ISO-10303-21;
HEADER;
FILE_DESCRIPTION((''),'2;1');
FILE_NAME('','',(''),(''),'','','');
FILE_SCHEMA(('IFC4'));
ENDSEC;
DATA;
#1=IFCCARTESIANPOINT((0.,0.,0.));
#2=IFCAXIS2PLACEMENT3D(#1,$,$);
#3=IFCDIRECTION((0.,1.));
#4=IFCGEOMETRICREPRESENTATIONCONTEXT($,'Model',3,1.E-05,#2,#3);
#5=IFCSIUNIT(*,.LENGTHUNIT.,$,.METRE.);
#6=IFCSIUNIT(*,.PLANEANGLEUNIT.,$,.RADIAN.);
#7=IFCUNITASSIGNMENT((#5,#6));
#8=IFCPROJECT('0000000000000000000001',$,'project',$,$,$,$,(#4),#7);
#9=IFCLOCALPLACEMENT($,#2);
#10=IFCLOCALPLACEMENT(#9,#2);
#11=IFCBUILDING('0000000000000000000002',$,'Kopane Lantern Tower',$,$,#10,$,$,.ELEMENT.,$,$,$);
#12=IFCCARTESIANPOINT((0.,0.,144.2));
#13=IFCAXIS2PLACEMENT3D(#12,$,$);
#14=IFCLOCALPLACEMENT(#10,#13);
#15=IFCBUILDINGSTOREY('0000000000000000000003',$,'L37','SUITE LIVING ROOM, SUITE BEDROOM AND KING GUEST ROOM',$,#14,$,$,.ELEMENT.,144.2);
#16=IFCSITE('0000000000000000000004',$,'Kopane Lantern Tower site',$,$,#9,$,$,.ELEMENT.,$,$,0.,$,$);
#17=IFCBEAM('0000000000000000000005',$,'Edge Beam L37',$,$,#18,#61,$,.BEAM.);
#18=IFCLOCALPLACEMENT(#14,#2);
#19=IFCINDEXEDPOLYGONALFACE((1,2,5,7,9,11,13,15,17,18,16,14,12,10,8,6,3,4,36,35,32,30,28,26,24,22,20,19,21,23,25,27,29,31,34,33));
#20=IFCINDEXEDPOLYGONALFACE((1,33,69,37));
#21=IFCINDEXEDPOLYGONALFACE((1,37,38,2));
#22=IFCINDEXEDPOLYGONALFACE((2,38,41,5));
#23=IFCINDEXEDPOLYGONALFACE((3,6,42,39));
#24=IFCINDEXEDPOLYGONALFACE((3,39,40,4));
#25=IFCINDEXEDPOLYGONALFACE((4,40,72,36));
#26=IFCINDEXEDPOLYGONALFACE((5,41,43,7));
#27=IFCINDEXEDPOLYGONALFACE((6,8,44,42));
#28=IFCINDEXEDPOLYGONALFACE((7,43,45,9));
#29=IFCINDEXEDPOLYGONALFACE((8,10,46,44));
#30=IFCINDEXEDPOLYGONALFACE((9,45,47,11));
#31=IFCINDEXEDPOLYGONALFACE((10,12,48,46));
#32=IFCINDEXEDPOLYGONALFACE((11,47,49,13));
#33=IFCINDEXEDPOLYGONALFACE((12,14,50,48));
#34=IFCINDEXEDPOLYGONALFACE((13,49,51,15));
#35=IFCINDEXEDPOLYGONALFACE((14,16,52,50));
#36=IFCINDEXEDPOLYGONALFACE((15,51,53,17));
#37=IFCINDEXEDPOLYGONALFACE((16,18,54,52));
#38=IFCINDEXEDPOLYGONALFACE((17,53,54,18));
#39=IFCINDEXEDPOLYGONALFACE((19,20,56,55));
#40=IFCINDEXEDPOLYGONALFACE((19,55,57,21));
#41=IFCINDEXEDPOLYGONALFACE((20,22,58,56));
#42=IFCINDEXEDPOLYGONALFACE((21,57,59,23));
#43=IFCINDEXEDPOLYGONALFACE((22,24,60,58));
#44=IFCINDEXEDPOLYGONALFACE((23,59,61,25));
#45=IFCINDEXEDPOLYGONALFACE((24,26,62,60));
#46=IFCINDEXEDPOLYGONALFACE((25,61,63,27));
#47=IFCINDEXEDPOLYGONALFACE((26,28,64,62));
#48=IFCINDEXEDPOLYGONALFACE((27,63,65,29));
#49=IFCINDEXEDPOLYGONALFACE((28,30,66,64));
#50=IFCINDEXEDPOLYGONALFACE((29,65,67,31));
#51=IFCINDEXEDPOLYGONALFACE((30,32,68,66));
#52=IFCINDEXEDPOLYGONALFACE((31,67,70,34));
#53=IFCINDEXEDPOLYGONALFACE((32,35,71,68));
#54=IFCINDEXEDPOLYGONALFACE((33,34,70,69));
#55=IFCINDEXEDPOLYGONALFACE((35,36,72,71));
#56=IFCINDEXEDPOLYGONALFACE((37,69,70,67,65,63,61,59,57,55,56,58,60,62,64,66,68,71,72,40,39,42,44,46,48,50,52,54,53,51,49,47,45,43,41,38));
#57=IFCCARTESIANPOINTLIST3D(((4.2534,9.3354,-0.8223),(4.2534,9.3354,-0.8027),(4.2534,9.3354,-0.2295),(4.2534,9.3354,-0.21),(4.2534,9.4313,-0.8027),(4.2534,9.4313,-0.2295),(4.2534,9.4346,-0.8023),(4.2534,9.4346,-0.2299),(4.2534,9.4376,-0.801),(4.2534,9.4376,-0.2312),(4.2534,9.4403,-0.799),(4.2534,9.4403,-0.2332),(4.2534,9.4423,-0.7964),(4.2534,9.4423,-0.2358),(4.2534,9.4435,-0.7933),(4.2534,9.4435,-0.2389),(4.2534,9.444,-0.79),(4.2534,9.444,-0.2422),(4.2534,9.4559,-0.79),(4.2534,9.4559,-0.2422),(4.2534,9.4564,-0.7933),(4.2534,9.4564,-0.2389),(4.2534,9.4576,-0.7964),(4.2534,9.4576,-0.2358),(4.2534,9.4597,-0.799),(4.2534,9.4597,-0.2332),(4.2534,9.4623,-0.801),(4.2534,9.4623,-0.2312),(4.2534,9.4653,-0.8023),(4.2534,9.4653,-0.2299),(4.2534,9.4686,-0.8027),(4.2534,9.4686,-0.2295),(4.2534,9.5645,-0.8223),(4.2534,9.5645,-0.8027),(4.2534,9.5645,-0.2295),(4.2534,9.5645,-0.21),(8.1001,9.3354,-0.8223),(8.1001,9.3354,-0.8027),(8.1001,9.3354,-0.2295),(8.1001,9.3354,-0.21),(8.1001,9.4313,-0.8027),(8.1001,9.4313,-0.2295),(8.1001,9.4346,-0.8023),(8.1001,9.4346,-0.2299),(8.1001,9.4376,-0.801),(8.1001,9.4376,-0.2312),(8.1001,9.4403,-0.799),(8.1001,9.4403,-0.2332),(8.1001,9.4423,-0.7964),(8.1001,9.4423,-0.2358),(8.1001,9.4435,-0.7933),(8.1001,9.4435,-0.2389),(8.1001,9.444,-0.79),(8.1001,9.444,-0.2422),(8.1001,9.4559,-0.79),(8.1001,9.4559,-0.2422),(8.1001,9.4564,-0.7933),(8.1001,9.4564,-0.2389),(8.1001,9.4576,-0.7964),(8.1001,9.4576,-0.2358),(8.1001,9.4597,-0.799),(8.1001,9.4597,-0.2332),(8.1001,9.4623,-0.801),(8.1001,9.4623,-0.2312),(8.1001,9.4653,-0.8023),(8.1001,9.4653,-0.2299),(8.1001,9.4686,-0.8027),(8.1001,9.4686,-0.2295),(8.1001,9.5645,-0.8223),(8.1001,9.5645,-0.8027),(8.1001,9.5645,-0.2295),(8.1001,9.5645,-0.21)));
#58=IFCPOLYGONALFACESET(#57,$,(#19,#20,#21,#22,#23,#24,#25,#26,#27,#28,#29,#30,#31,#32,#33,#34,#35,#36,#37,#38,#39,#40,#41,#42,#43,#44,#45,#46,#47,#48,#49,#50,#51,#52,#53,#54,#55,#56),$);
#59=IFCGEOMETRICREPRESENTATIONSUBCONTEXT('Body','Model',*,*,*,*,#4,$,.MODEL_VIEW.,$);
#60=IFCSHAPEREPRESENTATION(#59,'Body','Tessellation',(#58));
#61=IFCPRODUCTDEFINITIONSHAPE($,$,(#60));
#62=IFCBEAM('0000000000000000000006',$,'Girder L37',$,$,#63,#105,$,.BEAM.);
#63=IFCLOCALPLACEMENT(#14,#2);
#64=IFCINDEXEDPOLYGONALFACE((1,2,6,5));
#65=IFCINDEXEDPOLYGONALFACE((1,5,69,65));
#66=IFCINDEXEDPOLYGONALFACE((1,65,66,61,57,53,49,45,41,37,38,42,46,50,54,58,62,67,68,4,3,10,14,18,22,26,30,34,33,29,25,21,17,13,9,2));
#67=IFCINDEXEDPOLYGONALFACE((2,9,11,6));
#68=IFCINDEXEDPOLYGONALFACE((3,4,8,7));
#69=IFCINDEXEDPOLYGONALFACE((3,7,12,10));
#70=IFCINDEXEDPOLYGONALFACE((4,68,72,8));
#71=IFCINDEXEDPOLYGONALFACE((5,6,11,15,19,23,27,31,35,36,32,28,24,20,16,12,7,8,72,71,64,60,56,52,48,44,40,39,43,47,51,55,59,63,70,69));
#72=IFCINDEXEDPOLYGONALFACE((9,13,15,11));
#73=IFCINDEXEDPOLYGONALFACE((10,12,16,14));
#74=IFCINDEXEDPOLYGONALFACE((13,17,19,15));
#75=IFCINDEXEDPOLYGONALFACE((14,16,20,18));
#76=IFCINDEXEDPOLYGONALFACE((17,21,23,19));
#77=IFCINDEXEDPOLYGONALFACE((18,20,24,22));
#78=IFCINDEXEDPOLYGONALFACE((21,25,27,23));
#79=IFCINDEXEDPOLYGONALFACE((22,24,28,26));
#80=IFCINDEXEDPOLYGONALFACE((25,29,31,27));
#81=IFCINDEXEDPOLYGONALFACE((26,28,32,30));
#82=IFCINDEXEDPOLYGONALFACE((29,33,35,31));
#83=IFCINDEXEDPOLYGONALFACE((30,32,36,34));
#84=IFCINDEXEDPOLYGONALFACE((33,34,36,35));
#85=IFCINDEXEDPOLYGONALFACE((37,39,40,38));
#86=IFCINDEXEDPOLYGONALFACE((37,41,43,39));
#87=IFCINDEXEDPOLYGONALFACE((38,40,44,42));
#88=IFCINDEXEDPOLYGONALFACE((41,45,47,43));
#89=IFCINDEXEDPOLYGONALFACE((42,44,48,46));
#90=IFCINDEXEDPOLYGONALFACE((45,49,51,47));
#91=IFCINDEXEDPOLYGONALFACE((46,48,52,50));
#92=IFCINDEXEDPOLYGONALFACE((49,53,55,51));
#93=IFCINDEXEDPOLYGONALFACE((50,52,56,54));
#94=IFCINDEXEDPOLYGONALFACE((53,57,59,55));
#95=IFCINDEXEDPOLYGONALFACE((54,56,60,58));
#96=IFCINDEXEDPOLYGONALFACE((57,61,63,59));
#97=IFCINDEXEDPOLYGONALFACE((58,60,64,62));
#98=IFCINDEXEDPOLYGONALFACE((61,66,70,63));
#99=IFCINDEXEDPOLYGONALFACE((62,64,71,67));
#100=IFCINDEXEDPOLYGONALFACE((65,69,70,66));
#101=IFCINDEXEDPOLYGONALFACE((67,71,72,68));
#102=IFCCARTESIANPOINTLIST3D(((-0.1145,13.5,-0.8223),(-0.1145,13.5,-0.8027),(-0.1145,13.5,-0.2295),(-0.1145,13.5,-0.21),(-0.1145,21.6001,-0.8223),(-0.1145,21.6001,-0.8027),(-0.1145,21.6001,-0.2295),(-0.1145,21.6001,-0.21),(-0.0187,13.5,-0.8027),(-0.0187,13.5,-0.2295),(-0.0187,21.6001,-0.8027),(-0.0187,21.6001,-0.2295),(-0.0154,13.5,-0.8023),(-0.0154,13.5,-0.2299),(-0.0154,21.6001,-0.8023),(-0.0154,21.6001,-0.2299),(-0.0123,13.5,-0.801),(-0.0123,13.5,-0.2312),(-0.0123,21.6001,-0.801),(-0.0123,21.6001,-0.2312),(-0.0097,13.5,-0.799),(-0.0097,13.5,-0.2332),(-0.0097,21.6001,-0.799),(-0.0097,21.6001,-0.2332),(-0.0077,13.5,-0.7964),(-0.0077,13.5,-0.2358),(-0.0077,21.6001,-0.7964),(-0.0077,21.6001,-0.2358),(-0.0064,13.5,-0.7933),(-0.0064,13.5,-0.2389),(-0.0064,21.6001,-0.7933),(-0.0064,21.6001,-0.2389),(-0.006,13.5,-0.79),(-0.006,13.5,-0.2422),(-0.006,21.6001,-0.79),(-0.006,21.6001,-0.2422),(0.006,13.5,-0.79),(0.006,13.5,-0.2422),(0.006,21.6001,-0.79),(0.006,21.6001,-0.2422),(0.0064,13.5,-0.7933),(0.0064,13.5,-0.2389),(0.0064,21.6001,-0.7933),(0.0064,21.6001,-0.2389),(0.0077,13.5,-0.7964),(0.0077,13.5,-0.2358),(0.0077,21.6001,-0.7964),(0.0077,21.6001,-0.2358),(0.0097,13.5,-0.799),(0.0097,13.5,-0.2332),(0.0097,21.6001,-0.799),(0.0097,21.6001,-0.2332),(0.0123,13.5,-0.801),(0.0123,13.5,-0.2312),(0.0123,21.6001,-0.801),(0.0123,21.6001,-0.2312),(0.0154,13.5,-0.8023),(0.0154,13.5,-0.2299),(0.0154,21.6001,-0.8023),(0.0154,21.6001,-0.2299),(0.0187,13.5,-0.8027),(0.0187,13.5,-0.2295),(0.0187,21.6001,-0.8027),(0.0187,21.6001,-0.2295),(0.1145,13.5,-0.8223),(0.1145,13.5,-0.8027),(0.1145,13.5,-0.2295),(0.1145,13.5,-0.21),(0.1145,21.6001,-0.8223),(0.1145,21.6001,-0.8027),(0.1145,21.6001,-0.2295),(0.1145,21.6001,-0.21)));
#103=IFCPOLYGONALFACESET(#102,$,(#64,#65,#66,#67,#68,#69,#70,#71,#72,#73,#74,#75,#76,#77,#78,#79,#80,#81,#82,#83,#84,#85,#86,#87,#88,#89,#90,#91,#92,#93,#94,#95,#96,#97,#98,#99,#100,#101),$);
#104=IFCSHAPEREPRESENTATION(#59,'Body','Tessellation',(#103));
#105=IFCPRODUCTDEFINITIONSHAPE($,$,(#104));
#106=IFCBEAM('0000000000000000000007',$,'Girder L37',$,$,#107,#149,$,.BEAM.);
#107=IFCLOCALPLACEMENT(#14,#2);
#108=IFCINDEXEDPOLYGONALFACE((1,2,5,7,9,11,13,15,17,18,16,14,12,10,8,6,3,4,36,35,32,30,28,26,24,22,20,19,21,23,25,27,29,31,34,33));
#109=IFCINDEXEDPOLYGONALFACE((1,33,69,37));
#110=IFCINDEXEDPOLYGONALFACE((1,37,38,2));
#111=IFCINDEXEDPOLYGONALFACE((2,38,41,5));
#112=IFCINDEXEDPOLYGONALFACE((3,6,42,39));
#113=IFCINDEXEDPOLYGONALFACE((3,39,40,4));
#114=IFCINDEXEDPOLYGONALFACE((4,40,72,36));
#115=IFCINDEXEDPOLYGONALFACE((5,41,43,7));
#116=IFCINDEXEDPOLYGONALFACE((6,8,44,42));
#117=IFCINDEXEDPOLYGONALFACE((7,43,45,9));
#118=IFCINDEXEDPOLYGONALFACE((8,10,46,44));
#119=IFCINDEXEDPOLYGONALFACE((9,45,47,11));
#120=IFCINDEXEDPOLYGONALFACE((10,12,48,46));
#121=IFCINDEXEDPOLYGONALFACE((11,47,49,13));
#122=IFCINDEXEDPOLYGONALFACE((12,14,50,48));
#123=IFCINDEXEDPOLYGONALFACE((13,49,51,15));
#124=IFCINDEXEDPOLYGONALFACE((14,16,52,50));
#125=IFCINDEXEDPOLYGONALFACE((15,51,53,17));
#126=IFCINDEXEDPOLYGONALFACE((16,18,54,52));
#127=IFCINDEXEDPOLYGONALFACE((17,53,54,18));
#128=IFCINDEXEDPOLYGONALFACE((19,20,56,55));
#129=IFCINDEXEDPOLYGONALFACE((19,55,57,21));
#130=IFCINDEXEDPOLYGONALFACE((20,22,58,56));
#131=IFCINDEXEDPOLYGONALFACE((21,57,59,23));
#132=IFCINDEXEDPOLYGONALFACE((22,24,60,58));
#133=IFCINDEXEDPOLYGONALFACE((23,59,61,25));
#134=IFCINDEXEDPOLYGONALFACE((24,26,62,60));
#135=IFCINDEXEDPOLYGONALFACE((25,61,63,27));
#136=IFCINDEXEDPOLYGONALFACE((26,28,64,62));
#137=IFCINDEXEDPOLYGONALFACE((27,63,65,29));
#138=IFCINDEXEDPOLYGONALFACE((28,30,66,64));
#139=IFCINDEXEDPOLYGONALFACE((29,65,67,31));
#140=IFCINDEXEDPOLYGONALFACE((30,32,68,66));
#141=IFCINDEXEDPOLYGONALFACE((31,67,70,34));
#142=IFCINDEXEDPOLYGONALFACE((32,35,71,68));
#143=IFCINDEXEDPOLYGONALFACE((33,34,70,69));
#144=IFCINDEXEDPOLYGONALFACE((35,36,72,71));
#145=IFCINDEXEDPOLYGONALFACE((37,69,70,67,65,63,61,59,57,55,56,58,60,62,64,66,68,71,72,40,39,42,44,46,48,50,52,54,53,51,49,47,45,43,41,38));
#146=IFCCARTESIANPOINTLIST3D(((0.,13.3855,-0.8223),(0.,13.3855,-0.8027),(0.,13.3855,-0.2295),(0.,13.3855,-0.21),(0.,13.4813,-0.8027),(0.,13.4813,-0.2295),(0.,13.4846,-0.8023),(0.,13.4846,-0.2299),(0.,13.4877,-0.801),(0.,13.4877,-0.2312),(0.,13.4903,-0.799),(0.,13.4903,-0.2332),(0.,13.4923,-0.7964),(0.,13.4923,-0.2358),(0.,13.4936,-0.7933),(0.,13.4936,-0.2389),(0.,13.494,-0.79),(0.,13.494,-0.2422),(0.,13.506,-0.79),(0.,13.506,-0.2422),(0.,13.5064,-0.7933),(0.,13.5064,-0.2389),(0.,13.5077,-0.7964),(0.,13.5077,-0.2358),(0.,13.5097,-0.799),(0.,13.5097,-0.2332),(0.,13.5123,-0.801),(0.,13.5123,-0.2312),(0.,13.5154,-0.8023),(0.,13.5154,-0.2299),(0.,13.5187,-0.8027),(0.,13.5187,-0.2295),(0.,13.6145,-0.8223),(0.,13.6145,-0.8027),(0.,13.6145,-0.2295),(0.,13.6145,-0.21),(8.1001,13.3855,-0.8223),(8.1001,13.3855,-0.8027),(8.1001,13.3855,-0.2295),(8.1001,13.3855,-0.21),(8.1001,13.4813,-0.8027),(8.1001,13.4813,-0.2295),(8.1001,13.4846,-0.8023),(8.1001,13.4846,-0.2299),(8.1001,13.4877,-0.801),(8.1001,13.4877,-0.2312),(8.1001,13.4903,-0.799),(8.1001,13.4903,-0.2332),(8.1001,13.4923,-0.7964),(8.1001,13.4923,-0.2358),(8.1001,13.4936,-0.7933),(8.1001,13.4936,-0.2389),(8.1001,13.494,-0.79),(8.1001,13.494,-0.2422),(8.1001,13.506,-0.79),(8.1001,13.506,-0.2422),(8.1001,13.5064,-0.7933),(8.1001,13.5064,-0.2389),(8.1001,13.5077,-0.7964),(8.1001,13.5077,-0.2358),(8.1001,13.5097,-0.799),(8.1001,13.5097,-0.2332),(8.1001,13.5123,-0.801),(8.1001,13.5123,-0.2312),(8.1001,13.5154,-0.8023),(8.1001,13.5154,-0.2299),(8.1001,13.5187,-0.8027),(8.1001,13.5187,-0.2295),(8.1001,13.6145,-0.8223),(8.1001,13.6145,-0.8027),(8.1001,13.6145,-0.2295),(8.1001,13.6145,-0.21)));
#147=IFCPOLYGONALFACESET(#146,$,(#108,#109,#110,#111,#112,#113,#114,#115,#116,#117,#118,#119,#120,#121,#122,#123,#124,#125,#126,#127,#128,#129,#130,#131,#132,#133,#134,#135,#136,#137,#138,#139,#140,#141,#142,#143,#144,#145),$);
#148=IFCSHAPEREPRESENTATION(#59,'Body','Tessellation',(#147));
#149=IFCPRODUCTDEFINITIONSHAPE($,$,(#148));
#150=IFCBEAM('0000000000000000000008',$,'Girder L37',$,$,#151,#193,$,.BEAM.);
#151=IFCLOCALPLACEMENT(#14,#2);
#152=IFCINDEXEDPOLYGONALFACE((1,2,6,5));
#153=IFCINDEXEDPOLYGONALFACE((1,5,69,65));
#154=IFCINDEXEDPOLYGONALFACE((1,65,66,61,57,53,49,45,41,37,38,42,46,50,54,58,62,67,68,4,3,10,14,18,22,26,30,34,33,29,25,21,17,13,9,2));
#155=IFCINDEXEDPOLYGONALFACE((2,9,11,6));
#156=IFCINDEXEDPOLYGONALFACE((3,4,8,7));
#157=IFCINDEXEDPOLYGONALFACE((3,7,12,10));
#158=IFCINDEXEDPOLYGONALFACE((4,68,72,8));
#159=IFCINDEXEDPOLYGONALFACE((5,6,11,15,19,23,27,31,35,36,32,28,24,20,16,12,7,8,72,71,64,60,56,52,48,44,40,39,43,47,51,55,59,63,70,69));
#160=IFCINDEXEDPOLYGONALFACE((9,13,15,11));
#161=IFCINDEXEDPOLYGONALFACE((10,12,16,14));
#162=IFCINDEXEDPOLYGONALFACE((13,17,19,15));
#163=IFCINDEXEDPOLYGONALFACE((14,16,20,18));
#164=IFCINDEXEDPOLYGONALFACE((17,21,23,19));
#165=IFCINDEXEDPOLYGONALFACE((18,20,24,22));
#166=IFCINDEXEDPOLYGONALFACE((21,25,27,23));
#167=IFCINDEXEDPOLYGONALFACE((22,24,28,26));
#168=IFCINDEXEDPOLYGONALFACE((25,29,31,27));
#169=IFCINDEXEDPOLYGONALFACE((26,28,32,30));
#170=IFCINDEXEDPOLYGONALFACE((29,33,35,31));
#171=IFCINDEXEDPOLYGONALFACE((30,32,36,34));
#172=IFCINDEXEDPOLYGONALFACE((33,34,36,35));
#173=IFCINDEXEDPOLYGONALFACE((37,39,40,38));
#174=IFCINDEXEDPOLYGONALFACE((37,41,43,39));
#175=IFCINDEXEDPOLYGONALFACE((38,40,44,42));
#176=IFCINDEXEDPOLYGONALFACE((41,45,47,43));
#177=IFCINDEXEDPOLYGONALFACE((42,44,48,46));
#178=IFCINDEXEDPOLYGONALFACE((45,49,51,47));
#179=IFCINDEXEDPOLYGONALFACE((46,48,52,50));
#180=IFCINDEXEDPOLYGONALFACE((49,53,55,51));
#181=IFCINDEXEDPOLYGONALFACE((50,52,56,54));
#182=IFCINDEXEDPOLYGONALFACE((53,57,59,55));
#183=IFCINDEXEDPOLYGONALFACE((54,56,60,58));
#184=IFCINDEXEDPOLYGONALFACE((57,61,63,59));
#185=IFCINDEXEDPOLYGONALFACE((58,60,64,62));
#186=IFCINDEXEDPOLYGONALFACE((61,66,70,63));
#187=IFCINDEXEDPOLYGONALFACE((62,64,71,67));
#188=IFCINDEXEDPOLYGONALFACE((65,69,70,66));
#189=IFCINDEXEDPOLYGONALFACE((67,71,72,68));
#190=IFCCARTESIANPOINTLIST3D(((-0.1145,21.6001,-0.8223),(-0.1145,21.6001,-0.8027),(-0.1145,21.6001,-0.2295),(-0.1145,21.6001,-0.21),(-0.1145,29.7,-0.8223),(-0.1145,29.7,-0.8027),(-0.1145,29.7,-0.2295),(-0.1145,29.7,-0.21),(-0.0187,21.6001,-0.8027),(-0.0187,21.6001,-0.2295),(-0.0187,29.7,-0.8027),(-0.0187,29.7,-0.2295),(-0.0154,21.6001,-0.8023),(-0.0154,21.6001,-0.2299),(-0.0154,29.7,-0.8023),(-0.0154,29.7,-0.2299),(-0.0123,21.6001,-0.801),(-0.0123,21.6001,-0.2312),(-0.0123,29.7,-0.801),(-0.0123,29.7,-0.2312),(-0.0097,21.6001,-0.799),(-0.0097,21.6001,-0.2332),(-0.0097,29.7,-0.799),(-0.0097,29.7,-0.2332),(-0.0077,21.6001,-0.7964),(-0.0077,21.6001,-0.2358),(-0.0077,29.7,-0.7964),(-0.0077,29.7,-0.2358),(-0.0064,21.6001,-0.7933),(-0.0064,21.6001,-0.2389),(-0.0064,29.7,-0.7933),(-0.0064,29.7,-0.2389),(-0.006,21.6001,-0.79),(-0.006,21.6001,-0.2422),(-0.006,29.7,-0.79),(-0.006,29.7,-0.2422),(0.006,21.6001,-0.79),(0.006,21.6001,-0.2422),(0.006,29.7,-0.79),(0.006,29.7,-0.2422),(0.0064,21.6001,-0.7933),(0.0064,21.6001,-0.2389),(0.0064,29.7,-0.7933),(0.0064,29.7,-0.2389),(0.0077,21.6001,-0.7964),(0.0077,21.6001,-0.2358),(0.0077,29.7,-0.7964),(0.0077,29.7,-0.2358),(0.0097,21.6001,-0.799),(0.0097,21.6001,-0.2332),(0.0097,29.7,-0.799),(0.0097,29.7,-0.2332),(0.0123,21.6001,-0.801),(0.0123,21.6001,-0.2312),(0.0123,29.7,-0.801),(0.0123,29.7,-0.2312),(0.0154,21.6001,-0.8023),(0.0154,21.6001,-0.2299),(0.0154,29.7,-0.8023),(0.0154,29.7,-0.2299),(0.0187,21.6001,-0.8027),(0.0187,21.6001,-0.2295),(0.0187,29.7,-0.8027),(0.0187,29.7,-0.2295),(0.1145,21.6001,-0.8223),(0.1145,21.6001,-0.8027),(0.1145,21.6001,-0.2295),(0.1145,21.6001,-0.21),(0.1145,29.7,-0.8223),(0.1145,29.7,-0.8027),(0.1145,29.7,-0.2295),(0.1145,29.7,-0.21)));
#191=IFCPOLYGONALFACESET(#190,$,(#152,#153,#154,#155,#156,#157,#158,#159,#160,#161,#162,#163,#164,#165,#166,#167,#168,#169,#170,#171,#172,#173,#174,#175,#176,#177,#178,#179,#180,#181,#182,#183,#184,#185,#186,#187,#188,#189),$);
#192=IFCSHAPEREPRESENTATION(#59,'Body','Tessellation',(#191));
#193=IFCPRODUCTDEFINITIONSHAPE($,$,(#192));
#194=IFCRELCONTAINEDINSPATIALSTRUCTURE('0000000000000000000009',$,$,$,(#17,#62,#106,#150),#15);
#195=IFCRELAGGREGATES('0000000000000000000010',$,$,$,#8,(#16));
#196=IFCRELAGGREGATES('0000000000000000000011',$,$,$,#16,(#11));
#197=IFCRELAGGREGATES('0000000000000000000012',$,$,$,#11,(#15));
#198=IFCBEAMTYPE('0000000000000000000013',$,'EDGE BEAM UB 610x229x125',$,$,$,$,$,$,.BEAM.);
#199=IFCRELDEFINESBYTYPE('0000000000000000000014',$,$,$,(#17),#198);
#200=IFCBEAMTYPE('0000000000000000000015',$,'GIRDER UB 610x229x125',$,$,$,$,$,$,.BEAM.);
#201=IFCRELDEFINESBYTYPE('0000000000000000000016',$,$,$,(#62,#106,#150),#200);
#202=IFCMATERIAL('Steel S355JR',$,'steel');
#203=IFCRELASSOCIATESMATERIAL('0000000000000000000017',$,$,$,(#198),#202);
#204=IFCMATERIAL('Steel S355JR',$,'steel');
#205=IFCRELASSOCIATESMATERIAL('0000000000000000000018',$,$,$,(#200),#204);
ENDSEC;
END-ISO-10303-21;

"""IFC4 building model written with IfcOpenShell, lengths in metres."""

from ifc_helpers import new_model, si_unit, direction, frame, origin, origin_2d, place, context, subcontext, project, spatial, i_section, extrude, material, material_profile, profile_set, type_object, element, save


model = new_model("IFC4")

# Units and contexts
model_context = context("Model", 3, precision=1e-05, world=origin(), true_north=direction((0.0, 1.0)))
body_context = subcontext(model_context, "Body", "Model", "MODEL_VIEW")
ifc_project = project(units=[si_unit("LENGTHUNIT", "METRE"), si_unit("PLANEANGLEUNIT", "RADIAN")], contexts=[model_context])

# Site, building, storey
site_placement = place(None, origin())
site = spatial("IfcSite", under=ifc_project, at=site_placement, Name="Kopane Lantern Tower site", CompositionType="ELEMENT", RefElevation=0.0)
building_placement = place(site_placement, origin())
building = spatial("IfcBuilding", under=site, at=building_placement, Name="Kopane Lantern Tower", CompositionType="ELEMENT")
storey_placement = place(building_placement, frame((0.0, 0.0, 144.2)))
storey = spatial("IfcBuildingStorey", under=building, at=storey_placement, Name="L37", Description="SUITE LIVING ROOM, SUITE BEDROOM AND KING GUEST ROOM", CompositionType="ELEMENT", Elevation=144.2)

# Beams
ifc_material_1 = material(Name="Steel S355JR", Category="steel")
ifc_material_profile_1 = material_profile(ifc_material_1, i_section(OverallWidth=0.229, OverallDepth=0.6123, WebThickness=0.012, FlangeThickness=0.0195, FilletRadius=0.0127, at=origin_2d()), Name="UB 610x229x125")
ifc_profile_set_1 = profile_set([ifc_material_profile_1], Name="Steel S355JR")
beam_type_1 = type_object("IfcBeamType", Name="EDGE BEAM UB 610x229x125", PredefinedType="BEAM", material=ifc_profile_set_1)
beam_1_placement = place(storey_placement, frame((4.2534, 9.45, -0.5161), z_axis=(1.0, 0.0, 0.0), x_axis=(0.0, 1.0, 0.0)))
element("IfcBeam", 1, at=beam_1_placement, inside=storey, type_object=beam_type_1, Name="Edge Beam L37", PredefinedType="BEAM", context=body_context, shape_type="SweptSolid", body=[
    extrude(i_section(OverallWidth=0.229, OverallDepth=0.6123, WebThickness=0.012, FlangeThickness=0.0195, FilletRadius=0.0127, at=origin_2d()), origin(), (0.0, 0.0, 1.0), 3.8467),
])
ifc_material_2 = material(Name="Steel S355JR", Category="steel")
ifc_material_profile_2 = material_profile(ifc_material_2, i_section(OverallWidth=0.229, OverallDepth=0.6123, WebThickness=0.012, FlangeThickness=0.0195, FilletRadius=0.0127, at=origin_2d()), Name="UB 610x229x125")
ifc_profile_set_2 = profile_set([ifc_material_profile_2], Name="Steel S355JR")
beam_type_2 = type_object("IfcBeamType", Name="GIRDER UB 610x229x125", PredefinedType="BEAM", material=ifc_profile_set_2)
for number, where, z_axis, x_axis, name in (
    (2, (0.0, 13.5, -0.5161), (0.0, 1.0, 0.0), (-1.0, 0.0, 0.0), "Girder L37"),
    (3, (0.0, 13.5, -0.5161), (1.0, 0.0, 0.0), (0.0, 1.0, 0.0), "Girder L37"),
):
    element("IfcBeam", number, at=place(storey_placement, frame(where, z_axis=z_axis, x_axis=x_axis)), inside=storey, type_object=beam_type_2, Name=name, PredefinedType="BEAM", context=body_context, shape_type="SweptSolid", body=[
        extrude(i_section(OverallWidth=0.229, OverallDepth=0.6123, WebThickness=0.012, FlangeThickness=0.0195, FilletRadius=0.0127, at=origin_2d()), origin(), (0.0, 0.0, 1.0), 8.1001),
    ])
beam_2_placement = place(storey_placement, frame((0.0, 21.6001, -0.5161), z_axis=(0.0, 1.0, 0.0), x_axis=(-1.0, 0.0, 0.0)))
element("IfcBeam", 4, at=beam_2_placement, inside=storey, type_object=beam_type_2, Name="Girder L37", PredefinedType="BEAM", context=body_context, shape_type="SweptSolid", body=[
    extrude(i_section(OverallWidth=0.229, OverallDepth=0.6123, WebThickness=0.012, FlangeThickness=0.0195, FilletRadius=0.0127, at=origin_2d()), origin(), (0.0, 0.0, 1.0), 8.0999),
])

save(model, "model.ifc")
